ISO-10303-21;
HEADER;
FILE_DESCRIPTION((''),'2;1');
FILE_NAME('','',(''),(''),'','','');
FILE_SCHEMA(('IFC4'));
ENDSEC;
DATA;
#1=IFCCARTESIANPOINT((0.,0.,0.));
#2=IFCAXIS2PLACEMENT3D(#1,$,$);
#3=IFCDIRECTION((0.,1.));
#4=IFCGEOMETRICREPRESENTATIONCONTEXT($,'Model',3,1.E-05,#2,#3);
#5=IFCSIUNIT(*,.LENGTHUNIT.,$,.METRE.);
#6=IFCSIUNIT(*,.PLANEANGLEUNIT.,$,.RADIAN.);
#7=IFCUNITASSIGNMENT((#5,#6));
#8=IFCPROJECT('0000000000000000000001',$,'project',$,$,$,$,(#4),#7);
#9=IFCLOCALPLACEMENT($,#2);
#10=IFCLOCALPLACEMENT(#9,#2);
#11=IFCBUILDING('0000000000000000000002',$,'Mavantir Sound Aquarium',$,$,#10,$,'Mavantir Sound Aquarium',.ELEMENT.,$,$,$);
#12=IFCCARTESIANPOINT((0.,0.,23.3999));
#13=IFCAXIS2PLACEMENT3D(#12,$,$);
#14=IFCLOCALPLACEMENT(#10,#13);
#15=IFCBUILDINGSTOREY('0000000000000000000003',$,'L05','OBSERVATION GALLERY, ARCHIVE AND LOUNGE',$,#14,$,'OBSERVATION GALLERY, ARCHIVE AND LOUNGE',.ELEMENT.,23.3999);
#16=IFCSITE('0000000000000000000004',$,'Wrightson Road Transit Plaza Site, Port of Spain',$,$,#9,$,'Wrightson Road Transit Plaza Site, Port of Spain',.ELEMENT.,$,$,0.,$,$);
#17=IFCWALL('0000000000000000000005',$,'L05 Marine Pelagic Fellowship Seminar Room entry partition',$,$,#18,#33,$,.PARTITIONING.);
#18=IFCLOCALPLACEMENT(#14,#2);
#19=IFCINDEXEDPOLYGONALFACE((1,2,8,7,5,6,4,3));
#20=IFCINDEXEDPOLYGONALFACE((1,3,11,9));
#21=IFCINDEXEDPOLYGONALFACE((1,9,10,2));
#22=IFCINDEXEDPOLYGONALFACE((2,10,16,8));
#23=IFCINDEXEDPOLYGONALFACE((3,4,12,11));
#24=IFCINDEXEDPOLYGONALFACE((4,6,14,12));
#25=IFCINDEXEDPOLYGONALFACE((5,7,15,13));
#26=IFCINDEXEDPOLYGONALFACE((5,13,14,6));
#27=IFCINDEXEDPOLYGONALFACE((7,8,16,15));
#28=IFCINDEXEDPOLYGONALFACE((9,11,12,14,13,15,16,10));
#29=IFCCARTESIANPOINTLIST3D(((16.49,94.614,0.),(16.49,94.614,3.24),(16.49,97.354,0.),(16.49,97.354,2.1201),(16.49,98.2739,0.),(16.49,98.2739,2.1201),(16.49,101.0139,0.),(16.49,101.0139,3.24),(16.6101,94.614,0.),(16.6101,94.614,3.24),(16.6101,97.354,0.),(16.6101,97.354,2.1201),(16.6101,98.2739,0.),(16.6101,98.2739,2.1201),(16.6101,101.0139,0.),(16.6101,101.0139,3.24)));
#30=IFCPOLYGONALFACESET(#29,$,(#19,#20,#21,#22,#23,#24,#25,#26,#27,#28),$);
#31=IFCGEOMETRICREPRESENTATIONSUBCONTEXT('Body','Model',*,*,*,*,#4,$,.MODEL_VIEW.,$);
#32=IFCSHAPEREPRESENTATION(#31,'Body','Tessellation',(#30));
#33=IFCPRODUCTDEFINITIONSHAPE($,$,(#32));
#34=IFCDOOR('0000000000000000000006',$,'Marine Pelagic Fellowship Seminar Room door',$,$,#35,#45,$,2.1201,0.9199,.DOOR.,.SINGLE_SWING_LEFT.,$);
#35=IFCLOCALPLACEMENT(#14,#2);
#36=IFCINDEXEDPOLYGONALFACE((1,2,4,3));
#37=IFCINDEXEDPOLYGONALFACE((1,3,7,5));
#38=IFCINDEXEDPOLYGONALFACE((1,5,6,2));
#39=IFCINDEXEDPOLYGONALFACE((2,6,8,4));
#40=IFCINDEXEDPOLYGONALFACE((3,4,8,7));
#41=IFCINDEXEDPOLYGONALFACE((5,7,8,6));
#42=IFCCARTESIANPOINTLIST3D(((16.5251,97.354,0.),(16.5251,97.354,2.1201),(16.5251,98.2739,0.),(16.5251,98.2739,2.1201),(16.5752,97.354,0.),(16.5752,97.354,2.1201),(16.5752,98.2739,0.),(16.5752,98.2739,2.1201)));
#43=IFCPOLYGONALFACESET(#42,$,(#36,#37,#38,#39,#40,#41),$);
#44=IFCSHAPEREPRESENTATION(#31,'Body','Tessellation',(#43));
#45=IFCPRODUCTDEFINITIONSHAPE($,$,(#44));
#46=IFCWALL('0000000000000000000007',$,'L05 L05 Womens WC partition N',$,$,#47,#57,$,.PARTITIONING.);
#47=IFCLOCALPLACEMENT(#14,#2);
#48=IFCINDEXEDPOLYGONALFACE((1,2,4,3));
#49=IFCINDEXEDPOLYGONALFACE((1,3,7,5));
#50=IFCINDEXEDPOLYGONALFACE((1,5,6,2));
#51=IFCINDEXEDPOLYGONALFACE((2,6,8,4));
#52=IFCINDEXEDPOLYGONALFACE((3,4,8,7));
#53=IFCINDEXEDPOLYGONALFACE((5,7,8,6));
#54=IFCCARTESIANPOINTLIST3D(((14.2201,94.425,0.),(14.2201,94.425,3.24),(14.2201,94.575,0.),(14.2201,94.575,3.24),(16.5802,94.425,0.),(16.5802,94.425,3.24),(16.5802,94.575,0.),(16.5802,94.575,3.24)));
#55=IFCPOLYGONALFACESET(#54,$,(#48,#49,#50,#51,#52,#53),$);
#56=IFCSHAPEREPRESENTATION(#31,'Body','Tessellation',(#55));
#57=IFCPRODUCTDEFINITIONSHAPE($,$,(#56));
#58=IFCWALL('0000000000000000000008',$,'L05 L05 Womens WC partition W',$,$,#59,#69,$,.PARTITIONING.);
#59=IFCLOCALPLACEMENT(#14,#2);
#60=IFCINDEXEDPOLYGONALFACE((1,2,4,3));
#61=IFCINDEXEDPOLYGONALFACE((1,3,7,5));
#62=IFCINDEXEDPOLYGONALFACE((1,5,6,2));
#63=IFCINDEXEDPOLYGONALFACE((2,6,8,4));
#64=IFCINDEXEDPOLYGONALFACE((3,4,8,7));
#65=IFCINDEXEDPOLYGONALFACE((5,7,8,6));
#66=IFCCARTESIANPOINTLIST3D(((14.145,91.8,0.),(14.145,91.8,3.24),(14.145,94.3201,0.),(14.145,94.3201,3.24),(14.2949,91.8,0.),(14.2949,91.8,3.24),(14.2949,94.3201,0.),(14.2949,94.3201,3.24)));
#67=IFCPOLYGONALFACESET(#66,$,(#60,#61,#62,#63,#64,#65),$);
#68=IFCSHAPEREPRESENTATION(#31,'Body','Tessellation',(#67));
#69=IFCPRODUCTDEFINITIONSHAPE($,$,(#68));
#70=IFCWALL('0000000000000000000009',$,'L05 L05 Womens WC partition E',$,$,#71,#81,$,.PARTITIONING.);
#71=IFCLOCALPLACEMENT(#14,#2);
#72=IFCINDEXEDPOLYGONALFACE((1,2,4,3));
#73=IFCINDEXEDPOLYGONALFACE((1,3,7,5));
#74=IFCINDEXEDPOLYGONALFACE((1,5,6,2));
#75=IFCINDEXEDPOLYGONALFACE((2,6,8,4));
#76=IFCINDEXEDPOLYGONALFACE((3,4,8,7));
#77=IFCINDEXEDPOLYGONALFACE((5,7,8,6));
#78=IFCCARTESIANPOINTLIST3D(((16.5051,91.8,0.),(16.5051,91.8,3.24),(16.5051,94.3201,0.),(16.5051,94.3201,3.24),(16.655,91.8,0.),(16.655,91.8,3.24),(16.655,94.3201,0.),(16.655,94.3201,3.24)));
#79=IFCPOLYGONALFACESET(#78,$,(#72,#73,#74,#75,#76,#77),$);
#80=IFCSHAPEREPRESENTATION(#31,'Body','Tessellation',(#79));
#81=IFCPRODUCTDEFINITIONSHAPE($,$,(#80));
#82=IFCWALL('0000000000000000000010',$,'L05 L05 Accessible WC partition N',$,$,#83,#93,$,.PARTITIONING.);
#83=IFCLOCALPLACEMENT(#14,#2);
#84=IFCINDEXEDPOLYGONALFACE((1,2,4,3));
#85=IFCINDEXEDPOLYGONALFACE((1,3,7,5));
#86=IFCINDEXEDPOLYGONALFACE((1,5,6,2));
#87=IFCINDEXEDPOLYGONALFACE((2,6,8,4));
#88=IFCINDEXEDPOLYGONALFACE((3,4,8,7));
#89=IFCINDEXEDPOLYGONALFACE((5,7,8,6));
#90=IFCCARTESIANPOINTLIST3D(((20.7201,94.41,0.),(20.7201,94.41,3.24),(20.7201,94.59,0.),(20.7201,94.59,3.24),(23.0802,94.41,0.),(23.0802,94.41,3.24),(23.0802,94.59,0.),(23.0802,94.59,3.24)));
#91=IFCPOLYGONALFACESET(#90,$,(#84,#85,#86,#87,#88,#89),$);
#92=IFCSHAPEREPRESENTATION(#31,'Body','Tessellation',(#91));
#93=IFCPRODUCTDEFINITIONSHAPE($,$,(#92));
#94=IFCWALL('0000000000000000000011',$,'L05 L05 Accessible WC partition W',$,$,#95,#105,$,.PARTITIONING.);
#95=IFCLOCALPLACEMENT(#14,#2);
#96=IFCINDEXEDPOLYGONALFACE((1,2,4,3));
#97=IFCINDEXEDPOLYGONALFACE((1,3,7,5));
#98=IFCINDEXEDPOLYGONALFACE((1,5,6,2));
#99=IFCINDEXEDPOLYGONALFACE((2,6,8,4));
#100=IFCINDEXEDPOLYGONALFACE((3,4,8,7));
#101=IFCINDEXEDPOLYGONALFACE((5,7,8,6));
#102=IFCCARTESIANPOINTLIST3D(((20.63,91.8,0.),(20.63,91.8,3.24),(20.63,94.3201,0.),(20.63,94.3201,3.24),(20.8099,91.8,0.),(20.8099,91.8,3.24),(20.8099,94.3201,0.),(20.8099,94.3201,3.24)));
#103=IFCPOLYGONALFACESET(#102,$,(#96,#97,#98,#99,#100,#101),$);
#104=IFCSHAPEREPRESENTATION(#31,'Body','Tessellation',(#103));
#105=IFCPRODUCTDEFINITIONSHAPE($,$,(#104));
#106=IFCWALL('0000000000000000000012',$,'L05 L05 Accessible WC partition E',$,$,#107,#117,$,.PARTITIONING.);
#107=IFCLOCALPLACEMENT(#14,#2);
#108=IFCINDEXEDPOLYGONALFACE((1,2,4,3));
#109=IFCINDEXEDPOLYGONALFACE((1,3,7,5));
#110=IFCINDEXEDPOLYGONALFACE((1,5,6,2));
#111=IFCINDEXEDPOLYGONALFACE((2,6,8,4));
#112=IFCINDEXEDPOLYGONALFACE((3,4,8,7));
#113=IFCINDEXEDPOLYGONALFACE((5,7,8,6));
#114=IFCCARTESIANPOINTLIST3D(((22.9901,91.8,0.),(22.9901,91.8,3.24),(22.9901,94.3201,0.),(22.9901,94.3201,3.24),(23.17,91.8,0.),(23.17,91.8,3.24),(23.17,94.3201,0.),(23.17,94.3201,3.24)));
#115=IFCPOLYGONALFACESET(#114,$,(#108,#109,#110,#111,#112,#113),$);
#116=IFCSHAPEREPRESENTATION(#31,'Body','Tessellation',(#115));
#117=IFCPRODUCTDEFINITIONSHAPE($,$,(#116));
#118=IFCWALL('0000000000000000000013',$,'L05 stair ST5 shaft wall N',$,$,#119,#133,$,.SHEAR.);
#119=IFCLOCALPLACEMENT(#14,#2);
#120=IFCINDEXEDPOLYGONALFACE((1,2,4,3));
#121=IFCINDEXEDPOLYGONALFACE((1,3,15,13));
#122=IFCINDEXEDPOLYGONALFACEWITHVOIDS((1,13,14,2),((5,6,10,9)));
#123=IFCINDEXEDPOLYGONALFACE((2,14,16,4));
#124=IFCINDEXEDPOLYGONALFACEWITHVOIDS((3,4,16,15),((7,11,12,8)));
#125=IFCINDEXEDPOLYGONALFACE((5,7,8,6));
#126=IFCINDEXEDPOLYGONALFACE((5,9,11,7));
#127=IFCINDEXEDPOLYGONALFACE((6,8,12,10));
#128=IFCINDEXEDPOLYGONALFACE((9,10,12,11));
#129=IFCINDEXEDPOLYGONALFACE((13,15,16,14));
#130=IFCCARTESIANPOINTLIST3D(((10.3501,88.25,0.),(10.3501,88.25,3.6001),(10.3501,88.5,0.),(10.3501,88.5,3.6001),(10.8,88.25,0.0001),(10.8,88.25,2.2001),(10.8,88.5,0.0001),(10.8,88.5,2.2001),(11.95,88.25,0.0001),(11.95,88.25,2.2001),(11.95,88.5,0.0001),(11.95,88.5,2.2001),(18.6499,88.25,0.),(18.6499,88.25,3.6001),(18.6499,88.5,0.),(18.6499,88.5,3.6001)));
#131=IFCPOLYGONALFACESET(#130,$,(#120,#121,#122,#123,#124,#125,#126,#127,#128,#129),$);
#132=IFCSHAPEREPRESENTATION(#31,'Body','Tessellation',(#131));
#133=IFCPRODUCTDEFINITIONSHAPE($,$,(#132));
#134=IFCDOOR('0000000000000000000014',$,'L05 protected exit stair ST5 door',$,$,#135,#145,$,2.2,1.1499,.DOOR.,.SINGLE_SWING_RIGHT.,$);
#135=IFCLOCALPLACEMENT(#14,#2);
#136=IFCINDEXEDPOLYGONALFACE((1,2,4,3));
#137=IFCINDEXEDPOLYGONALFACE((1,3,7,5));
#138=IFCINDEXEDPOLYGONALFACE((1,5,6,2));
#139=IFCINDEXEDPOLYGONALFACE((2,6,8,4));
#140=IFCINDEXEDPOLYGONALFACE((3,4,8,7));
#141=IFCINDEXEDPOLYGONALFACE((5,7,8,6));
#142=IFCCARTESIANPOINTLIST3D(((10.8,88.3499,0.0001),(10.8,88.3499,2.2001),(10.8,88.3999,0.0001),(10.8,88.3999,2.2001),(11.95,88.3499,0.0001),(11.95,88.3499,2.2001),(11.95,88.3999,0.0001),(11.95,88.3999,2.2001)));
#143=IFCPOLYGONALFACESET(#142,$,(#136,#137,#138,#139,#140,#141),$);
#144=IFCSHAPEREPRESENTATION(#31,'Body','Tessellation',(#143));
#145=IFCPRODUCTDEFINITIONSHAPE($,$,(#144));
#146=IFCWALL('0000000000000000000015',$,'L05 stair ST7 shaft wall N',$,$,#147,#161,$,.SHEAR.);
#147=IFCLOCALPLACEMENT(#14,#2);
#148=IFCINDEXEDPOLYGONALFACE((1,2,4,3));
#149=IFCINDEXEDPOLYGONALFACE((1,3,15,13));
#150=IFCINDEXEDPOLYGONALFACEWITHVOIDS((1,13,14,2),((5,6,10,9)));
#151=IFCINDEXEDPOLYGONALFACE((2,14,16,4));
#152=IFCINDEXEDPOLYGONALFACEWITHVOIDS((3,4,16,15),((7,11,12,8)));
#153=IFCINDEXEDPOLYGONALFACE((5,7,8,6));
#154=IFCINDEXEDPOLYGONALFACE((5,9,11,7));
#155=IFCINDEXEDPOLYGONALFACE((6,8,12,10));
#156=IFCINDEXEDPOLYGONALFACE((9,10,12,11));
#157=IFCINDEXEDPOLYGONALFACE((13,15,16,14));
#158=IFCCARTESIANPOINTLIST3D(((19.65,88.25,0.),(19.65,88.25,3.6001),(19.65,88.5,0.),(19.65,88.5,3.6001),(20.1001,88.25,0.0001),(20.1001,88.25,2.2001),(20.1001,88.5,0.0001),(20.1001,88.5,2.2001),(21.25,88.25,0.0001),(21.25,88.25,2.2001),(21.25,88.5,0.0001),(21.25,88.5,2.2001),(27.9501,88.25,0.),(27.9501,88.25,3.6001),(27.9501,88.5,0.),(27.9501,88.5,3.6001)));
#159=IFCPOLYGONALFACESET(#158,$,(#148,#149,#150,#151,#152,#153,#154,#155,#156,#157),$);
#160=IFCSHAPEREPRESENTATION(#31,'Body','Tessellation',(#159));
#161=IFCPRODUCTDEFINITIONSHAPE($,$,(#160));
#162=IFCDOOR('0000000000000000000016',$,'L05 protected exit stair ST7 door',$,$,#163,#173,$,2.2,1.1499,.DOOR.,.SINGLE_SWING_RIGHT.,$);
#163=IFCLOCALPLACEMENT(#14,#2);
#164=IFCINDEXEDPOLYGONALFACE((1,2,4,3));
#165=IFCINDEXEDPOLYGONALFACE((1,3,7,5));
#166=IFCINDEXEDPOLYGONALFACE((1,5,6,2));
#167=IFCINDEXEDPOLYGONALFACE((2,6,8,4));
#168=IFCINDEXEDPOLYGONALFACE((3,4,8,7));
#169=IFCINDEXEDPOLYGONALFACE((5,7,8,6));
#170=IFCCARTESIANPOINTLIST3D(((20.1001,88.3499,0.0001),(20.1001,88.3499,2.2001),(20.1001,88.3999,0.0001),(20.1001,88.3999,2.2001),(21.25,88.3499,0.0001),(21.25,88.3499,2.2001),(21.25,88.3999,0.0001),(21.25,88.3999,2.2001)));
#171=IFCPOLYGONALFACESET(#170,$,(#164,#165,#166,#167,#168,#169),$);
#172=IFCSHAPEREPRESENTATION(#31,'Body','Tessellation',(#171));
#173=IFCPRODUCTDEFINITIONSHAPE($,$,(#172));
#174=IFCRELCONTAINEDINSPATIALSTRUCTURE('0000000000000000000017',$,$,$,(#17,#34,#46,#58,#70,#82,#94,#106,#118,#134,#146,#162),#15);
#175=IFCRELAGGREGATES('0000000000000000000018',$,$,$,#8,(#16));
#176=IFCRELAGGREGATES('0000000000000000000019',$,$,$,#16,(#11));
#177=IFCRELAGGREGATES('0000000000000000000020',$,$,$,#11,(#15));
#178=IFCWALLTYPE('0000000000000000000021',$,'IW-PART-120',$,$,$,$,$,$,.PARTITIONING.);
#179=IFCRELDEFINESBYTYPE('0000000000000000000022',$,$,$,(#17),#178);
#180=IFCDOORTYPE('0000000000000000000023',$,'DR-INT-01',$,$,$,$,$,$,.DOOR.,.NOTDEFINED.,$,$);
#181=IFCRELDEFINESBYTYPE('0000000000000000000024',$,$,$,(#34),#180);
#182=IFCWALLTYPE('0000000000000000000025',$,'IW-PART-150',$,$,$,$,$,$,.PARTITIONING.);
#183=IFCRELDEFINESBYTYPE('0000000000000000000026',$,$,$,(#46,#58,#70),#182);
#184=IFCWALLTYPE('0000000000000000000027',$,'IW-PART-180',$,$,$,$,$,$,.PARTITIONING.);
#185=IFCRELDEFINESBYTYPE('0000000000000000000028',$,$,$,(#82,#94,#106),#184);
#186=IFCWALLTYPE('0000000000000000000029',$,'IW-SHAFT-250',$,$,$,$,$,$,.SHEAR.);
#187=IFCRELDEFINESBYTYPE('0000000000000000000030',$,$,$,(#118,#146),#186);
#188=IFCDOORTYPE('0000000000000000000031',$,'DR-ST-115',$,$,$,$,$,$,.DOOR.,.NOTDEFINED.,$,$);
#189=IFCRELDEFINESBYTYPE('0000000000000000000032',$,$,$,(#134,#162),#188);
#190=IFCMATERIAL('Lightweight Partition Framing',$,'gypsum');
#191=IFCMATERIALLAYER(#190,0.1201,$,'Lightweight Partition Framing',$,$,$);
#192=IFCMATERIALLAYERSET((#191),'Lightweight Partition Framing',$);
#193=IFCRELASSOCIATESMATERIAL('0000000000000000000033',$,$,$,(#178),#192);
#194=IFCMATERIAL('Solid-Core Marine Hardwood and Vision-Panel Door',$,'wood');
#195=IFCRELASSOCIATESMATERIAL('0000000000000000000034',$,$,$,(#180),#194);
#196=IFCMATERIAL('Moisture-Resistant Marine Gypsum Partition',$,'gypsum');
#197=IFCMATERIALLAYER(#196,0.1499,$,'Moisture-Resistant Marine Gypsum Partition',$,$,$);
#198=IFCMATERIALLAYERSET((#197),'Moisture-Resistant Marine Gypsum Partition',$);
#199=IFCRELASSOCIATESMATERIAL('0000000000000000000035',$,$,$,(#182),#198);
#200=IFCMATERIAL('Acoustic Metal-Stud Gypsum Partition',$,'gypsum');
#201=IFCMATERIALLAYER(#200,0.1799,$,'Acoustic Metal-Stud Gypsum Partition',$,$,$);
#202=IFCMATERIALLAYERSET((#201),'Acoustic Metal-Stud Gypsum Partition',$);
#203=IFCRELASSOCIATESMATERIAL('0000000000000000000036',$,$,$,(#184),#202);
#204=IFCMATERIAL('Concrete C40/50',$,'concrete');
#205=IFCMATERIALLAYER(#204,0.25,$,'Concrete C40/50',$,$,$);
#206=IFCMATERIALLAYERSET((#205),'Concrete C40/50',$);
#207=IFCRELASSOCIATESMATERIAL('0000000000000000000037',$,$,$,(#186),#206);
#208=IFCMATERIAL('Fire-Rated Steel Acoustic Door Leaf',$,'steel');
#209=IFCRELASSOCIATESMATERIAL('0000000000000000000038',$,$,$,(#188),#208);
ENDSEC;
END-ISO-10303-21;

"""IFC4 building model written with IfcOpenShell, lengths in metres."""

from ifc_helpers import new_model, si_unit, direction, frame, frame_2d, origin, place, context, subcontext, project, spatial, rectangle, extrude, material, layer, layer_set, type_object, element, fill, save


model = new_model("IFC4")

# Units and contexts
model_context = context("Model", 3, precision=1e-05, world=origin(), true_north=direction((0.0, 1.0)))
body_context = subcontext(model_context, "Body", "Model", "MODEL_VIEW")
ifc_project = project(units=[si_unit("LENGTHUNIT", "METRE"), si_unit("PLANEANGLEUNIT", "RADIAN")], contexts=[model_context])

# Site, building, storey
site_placement = place(None, origin())
site = spatial("IfcSite", under=ifc_project, at=site_placement, Name="Wrightson Road Transit Plaza Site, Port of Spain", LongName="Wrightson Road Transit Plaza Site, Port of Spain", CompositionType="ELEMENT", RefElevation=0.0)
building_placement = place(site_placement, origin())
building = spatial("IfcBuilding", under=site, at=building_placement, Name="Mavantir Sound Aquarium", LongName="Mavantir Sound Aquarium", CompositionType="ELEMENT")
storey_placement = place(building_placement, frame((0.0, 0.0, 23.3999)))
storey = spatial("IfcBuildingStorey", under=building, at=storey_placement, Name="L05", Description="OBSERVATION GALLERY, ARCHIVE AND LOUNGE", LongName="OBSERVATION GALLERY, ARCHIVE AND LOUNGE", CompositionType="ELEMENT", Elevation=23.3999)

# Shared definitions
ifc_material_1 = material(Name="Concrete C40/50", Category="concrete")

# Wall, opening, door
ifc_material_2 = material(Name="Lightweight Partition Framing", Category="gypsum")
ifc_layer_1 = layer(ifc_material_2, 0.1201, Name="Lightweight Partition Framing")
ifc_layer_set_1 = layer_set([ifc_layer_1], Name="Lightweight Partition Framing")
wall_type_1 = type_object("IfcWallType", Name="IW-PART-120", PredefinedType="PARTITIONING", material=ifc_layer_set_1)
wall_1_placement = place(storey_placement, frame((16.55, 94.614, 0.0), z_axis=(0.0, 0.0, 1.0), x_axis=(0.0, 1.0, 0.0)))
wall_1 = element("IfcWall", 1, at=wall_1_placement, inside=storey, type_object=wall_type_1, Name="L05 Marine Pelagic Fellowship Seminar Room entry partition", PredefinedType="PARTITIONING", context=body_context, shape_type="SweptSolid", body=[
    extrude(rectangle(XDim=6.3999, YDim=0.1201, at=frame_2d((3.2, 0.0))), origin(), (0.0, 0.0, 1.0), 3.24),
])
opening_1_placement = place(wall_1_placement, frame((2.74, 0.0, 0.0)))
opening_1 = element("IfcOpeningElement", 2, at=opening_1_placement, cuts=wall_1, PredefinedType="OPENING", context=body_context, shape_type="SweptSolid", body=[
    extrude(rectangle(XDim=0.9199, YDim=2.1201, at=frame_2d((0.46, 1.0601))), frame((0.0, 0.0701, 0.0), z_axis=(0.0, -1.0, 0.0), x_axis=(1.0, 0.0, 0.0)), (0.0, 0.0, 1.0), 0.1401),
])
ifc_material_3 = material(Name="Solid-Core Marine Hardwood and Vision-Panel Door", Category="wood")
door_type_1 = type_object("IfcDoorType", Name="DR-INT-01", OperationType="NOTDEFINED", PredefinedType="DOOR", material=ifc_material_3)
door_1_placement = place(opening_1_placement, origin())
door_1 = element("IfcDoor", 3, at=door_1_placement, inside=storey, type_object=door_type_1, Name="Marine Pelagic Fellowship Seminar Room door", OperationType="SINGLE_SWING_LEFT", OverallHeight=2.1201, OverallWidth=0.9199, PredefinedType="DOOR", context=body_context, shape_type="SweptSolid", body=[
    extrude(rectangle(XDim=0.9199, YDim=2.1201, at=frame_2d((0.46, 1.0601))), frame((0.0, 0.0249, 0.0), z_axis=(0.0, -1.0, 0.0), x_axis=(1.0, 0.0, 0.0)), (0.0, 0.0, 1.0), 0.05),
])
fill(opening_1, door_1)

# Wall
ifc_material_4 = material(Name="Moisture-Resistant Marine Gypsum Partition", Category="gypsum")
ifc_layer_2 = layer(ifc_material_4, 0.1499, Name="Moisture-Resistant Marine Gypsum Partition")
ifc_layer_set_2 = layer_set([ifc_layer_2], Name="Moisture-Resistant Marine Gypsum Partition")
wall_type_2 = type_object("IfcWallType", Name="IW-PART-150", PredefinedType="PARTITIONING", material=ifc_layer_set_2)
wall_2_placement = place(storey_placement, frame((14.22, 94.5, 0.0), z_axis=(0.0, 0.0, 1.0), x_axis=(1.0, 0.0, 0.0)))
element("IfcWall", 4, at=wall_2_placement, inside=storey, type_object=wall_type_2, Name="L05 L05 Womens WC partition N", PredefinedType="PARTITIONING", context=body_context, shape_type="SweptSolid", body=[
    extrude(rectangle(XDim=2.3601, YDim=0.1499, at=frame_2d((1.1802, 0.0))), origin(), (0.0, 0.0, 1.0), 3.24),
])

# Walls
for number, where, z_axis, x_axis, name in (
    (5, (14.22, 91.8, 0.0), (0.0, 0.0, 1.0), (0.0, 1.0, 0.0), "L05 L05 Womens WC partition W"),
    (6, (16.5801, 91.8, 0.0), (0.0, 0.0, 1.0), (0.0, 1.0, 0.0), "L05 L05 Womens WC partition E"),
):
    element("IfcWall", number, at=place(storey_placement, frame(where, z_axis=z_axis, x_axis=x_axis)), inside=storey, type_object=wall_type_2, Name=name, PredefinedType="PARTITIONING", context=body_context, shape_type="SweptSolid", body=[
        extrude(rectangle(XDim=2.52, YDim=0.1499, at=frame_2d((1.26, 0.0))), origin(), (0.0, 0.0, 1.0), 3.24),
    ])
ifc_material_5 = material(Name="Acoustic Metal-Stud Gypsum Partition", Category="gypsum")
ifc_layer_3 = layer(ifc_material_5, 0.1799, Name="Acoustic Metal-Stud Gypsum Partition")
ifc_layer_set_3 = layer_set([ifc_layer_3], Name="Acoustic Metal-Stud Gypsum Partition")
wall_type_3 = type_object("IfcWallType", Name="IW-PART-180", PredefinedType="PARTITIONING", material=ifc_layer_set_3)
wall_3_placement = place(storey_placement, frame((20.72, 94.5, 0.0), z_axis=(0.0, 0.0, 1.0), x_axis=(1.0, 0.0, 0.0)))
element("IfcWall", 7, at=wall_3_placement, inside=storey, type_object=wall_type_3, Name="L05 L05 Accessible WC partition N", PredefinedType="PARTITIONING", context=body_context, shape_type="SweptSolid", body=[
    extrude(rectangle(XDim=2.3601, YDim=0.1799, at=frame_2d((1.1802, 0.0))), origin(), (0.0, 0.0, 1.0), 3.24),
])

# Walls
for number, where, z_axis, x_axis, name in (
    (8, (20.72, 91.8, 0.0), (0.0, 0.0, 1.0), (0.0, 1.0, 0.0), "L05 L05 Accessible WC partition W"),
    (9, (23.0801, 91.8, 0.0), (0.0, 0.0, 1.0), (0.0, 1.0, 0.0), "L05 L05 Accessible WC partition E"),
):
    element("IfcWall", number, at=place(storey_placement, frame(where, z_axis=z_axis, x_axis=x_axis)), inside=storey, type_object=wall_type_3, Name=name, PredefinedType="PARTITIONING", context=body_context, shape_type="SweptSolid", body=[
        extrude(rectangle(XDim=2.52, YDim=0.1799, at=frame_2d((1.26, 0.0))), origin(), (0.0, 0.0, 1.0), 3.24),
    ])

# Walls, openings, doors
ifc_layer_4 = layer(ifc_material_1, 0.25, Name="Concrete C40/50")
ifc_layer_set_4 = layer_set([ifc_layer_4], Name="Concrete C40/50")
wall_type_4 = type_object("IfcWallType", Name="IW-SHAFT-250", PredefinedType="SHEAR", material=ifc_layer_set_4)
wall_4_placement = place(storey_placement, frame((18.6499, 88.375, 0.0), z_axis=(0.0, 0.0, 1.0), x_axis=(-1.0, 0.0, 0.0)))
wall_4 = element("IfcWall", 10, at=wall_4_placement, inside=storey, type_object=wall_type_4, Name="L05 stair ST5 shaft wall N", PredefinedType="SHEAR", context=body_context, shape_type="SweptSolid", body=[
    extrude(rectangle(XDim=8.2998, YDim=0.25, at=frame_2d((4.1499, 0.0))), origin(), (0.0, 0.0, 1.0), 3.6001),
])
opening_2_placement = place(wall_4_placement, frame((7.8499, 0.0, 0.0), z_axis=(0.0, 0.0, 1.0), x_axis=(-1.0, 0.0, 0.0)))
opening_2 = element("IfcOpeningElement", 11, at=opening_2_placement, cuts=wall_4, PredefinedType="OPENING", context=body_context, shape_type="SweptSolid", body=[
    extrude(rectangle(XDim=1.1499, YDim=2.2, at=frame_2d((0.575, 1.1001))), frame((0.0, 0.135, 0.0), z_axis=(0.0, -1.0, 0.0), x_axis=(1.0, 0.0, 0.0)), (0.0, 0.0, 1.0), 0.27),
])
ifc_material_6 = material(Name="Fire-Rated Steel Acoustic Door Leaf", Category="steel")
door_type_2 = type_object("IfcDoorType", Name="DR-ST-115", OperationType="NOTDEFINED", PredefinedType="DOOR", material=ifc_material_6)
door_2_placement = place(opening_2_placement, origin())
door_2 = element("IfcDoor", 12, at=door_2_placement, inside=storey, type_object=door_type_2, Name="L05 protected exit stair ST5 door", OperationType="SINGLE_SWING_RIGHT", OverallHeight=2.2, OverallWidth=1.1499, PredefinedType="DOOR", context=body_context, shape_type="SweptSolid", body=[
    extrude(rectangle(XDim=1.1499, YDim=2.2, at=frame_2d((0.575, 1.1001))), frame((0.0, 0.0249, 0.0), z_axis=(0.0, -1.0, 0.0), x_axis=(1.0, 0.0, 0.0)), (0.0, 0.0, 1.0), 0.05),
])
fill(opening_2, door_2)
wall_5_placement = place(storey_placement, frame((27.95, 88.375, 0.0), z_axis=(0.0, 0.0, 1.0), x_axis=(-1.0, 0.0, 0.0)))
wall_5 = element("IfcWall", 13, at=wall_5_placement, inside=storey, type_object=wall_type_4, Name="L05 stair ST7 shaft wall N", PredefinedType="SHEAR", context=body_context, shape_type="SweptSolid", body=[
    extrude(rectangle(XDim=8.3, YDim=0.25, at=frame_2d((4.1499, 0.0))), origin(), (0.0, 0.0, 1.0), 3.6001),
])
opening_3_placement = place(wall_5_placement, frame((7.8499, 0.0, 0.0), z_axis=(0.0, 0.0, 1.0), x_axis=(-1.0, 0.0, 0.0)))
opening_3 = element("IfcOpeningElement", 14, at=opening_3_placement, cuts=wall_5, PredefinedType="OPENING", context=body_context, shape_type="SweptSolid", body=[
    extrude(rectangle(XDim=1.1499, YDim=2.2, at=frame_2d((0.575, 1.1001))), frame((0.0, 0.135, 0.0), z_axis=(0.0, -1.0, 0.0), x_axis=(1.0, 0.0, 0.0)), (0.0, 0.0, 1.0), 0.27),
])
door_3_placement = place(opening_3_placement, origin())
door_3 = element("IfcDoor", 15, at=door_3_placement, inside=storey, type_object=door_type_2, Name="L05 protected exit stair ST7 door", OperationType="SINGLE_SWING_RIGHT", OverallHeight=2.2, OverallWidth=1.1499, PredefinedType="DOOR", context=body_context, shape_type="SweptSolid", body=[
    extrude(rectangle(XDim=1.1499, YDim=2.2, at=frame_2d((0.575, 1.1001))), frame((0.0, 0.0249, 0.0), z_axis=(0.0, -1.0, 0.0), x_axis=(1.0, 0.0, 0.0)), (0.0, 0.0, 1.0), 0.05),
])
fill(opening_3, door_3)

save(model, "model.ifc")
